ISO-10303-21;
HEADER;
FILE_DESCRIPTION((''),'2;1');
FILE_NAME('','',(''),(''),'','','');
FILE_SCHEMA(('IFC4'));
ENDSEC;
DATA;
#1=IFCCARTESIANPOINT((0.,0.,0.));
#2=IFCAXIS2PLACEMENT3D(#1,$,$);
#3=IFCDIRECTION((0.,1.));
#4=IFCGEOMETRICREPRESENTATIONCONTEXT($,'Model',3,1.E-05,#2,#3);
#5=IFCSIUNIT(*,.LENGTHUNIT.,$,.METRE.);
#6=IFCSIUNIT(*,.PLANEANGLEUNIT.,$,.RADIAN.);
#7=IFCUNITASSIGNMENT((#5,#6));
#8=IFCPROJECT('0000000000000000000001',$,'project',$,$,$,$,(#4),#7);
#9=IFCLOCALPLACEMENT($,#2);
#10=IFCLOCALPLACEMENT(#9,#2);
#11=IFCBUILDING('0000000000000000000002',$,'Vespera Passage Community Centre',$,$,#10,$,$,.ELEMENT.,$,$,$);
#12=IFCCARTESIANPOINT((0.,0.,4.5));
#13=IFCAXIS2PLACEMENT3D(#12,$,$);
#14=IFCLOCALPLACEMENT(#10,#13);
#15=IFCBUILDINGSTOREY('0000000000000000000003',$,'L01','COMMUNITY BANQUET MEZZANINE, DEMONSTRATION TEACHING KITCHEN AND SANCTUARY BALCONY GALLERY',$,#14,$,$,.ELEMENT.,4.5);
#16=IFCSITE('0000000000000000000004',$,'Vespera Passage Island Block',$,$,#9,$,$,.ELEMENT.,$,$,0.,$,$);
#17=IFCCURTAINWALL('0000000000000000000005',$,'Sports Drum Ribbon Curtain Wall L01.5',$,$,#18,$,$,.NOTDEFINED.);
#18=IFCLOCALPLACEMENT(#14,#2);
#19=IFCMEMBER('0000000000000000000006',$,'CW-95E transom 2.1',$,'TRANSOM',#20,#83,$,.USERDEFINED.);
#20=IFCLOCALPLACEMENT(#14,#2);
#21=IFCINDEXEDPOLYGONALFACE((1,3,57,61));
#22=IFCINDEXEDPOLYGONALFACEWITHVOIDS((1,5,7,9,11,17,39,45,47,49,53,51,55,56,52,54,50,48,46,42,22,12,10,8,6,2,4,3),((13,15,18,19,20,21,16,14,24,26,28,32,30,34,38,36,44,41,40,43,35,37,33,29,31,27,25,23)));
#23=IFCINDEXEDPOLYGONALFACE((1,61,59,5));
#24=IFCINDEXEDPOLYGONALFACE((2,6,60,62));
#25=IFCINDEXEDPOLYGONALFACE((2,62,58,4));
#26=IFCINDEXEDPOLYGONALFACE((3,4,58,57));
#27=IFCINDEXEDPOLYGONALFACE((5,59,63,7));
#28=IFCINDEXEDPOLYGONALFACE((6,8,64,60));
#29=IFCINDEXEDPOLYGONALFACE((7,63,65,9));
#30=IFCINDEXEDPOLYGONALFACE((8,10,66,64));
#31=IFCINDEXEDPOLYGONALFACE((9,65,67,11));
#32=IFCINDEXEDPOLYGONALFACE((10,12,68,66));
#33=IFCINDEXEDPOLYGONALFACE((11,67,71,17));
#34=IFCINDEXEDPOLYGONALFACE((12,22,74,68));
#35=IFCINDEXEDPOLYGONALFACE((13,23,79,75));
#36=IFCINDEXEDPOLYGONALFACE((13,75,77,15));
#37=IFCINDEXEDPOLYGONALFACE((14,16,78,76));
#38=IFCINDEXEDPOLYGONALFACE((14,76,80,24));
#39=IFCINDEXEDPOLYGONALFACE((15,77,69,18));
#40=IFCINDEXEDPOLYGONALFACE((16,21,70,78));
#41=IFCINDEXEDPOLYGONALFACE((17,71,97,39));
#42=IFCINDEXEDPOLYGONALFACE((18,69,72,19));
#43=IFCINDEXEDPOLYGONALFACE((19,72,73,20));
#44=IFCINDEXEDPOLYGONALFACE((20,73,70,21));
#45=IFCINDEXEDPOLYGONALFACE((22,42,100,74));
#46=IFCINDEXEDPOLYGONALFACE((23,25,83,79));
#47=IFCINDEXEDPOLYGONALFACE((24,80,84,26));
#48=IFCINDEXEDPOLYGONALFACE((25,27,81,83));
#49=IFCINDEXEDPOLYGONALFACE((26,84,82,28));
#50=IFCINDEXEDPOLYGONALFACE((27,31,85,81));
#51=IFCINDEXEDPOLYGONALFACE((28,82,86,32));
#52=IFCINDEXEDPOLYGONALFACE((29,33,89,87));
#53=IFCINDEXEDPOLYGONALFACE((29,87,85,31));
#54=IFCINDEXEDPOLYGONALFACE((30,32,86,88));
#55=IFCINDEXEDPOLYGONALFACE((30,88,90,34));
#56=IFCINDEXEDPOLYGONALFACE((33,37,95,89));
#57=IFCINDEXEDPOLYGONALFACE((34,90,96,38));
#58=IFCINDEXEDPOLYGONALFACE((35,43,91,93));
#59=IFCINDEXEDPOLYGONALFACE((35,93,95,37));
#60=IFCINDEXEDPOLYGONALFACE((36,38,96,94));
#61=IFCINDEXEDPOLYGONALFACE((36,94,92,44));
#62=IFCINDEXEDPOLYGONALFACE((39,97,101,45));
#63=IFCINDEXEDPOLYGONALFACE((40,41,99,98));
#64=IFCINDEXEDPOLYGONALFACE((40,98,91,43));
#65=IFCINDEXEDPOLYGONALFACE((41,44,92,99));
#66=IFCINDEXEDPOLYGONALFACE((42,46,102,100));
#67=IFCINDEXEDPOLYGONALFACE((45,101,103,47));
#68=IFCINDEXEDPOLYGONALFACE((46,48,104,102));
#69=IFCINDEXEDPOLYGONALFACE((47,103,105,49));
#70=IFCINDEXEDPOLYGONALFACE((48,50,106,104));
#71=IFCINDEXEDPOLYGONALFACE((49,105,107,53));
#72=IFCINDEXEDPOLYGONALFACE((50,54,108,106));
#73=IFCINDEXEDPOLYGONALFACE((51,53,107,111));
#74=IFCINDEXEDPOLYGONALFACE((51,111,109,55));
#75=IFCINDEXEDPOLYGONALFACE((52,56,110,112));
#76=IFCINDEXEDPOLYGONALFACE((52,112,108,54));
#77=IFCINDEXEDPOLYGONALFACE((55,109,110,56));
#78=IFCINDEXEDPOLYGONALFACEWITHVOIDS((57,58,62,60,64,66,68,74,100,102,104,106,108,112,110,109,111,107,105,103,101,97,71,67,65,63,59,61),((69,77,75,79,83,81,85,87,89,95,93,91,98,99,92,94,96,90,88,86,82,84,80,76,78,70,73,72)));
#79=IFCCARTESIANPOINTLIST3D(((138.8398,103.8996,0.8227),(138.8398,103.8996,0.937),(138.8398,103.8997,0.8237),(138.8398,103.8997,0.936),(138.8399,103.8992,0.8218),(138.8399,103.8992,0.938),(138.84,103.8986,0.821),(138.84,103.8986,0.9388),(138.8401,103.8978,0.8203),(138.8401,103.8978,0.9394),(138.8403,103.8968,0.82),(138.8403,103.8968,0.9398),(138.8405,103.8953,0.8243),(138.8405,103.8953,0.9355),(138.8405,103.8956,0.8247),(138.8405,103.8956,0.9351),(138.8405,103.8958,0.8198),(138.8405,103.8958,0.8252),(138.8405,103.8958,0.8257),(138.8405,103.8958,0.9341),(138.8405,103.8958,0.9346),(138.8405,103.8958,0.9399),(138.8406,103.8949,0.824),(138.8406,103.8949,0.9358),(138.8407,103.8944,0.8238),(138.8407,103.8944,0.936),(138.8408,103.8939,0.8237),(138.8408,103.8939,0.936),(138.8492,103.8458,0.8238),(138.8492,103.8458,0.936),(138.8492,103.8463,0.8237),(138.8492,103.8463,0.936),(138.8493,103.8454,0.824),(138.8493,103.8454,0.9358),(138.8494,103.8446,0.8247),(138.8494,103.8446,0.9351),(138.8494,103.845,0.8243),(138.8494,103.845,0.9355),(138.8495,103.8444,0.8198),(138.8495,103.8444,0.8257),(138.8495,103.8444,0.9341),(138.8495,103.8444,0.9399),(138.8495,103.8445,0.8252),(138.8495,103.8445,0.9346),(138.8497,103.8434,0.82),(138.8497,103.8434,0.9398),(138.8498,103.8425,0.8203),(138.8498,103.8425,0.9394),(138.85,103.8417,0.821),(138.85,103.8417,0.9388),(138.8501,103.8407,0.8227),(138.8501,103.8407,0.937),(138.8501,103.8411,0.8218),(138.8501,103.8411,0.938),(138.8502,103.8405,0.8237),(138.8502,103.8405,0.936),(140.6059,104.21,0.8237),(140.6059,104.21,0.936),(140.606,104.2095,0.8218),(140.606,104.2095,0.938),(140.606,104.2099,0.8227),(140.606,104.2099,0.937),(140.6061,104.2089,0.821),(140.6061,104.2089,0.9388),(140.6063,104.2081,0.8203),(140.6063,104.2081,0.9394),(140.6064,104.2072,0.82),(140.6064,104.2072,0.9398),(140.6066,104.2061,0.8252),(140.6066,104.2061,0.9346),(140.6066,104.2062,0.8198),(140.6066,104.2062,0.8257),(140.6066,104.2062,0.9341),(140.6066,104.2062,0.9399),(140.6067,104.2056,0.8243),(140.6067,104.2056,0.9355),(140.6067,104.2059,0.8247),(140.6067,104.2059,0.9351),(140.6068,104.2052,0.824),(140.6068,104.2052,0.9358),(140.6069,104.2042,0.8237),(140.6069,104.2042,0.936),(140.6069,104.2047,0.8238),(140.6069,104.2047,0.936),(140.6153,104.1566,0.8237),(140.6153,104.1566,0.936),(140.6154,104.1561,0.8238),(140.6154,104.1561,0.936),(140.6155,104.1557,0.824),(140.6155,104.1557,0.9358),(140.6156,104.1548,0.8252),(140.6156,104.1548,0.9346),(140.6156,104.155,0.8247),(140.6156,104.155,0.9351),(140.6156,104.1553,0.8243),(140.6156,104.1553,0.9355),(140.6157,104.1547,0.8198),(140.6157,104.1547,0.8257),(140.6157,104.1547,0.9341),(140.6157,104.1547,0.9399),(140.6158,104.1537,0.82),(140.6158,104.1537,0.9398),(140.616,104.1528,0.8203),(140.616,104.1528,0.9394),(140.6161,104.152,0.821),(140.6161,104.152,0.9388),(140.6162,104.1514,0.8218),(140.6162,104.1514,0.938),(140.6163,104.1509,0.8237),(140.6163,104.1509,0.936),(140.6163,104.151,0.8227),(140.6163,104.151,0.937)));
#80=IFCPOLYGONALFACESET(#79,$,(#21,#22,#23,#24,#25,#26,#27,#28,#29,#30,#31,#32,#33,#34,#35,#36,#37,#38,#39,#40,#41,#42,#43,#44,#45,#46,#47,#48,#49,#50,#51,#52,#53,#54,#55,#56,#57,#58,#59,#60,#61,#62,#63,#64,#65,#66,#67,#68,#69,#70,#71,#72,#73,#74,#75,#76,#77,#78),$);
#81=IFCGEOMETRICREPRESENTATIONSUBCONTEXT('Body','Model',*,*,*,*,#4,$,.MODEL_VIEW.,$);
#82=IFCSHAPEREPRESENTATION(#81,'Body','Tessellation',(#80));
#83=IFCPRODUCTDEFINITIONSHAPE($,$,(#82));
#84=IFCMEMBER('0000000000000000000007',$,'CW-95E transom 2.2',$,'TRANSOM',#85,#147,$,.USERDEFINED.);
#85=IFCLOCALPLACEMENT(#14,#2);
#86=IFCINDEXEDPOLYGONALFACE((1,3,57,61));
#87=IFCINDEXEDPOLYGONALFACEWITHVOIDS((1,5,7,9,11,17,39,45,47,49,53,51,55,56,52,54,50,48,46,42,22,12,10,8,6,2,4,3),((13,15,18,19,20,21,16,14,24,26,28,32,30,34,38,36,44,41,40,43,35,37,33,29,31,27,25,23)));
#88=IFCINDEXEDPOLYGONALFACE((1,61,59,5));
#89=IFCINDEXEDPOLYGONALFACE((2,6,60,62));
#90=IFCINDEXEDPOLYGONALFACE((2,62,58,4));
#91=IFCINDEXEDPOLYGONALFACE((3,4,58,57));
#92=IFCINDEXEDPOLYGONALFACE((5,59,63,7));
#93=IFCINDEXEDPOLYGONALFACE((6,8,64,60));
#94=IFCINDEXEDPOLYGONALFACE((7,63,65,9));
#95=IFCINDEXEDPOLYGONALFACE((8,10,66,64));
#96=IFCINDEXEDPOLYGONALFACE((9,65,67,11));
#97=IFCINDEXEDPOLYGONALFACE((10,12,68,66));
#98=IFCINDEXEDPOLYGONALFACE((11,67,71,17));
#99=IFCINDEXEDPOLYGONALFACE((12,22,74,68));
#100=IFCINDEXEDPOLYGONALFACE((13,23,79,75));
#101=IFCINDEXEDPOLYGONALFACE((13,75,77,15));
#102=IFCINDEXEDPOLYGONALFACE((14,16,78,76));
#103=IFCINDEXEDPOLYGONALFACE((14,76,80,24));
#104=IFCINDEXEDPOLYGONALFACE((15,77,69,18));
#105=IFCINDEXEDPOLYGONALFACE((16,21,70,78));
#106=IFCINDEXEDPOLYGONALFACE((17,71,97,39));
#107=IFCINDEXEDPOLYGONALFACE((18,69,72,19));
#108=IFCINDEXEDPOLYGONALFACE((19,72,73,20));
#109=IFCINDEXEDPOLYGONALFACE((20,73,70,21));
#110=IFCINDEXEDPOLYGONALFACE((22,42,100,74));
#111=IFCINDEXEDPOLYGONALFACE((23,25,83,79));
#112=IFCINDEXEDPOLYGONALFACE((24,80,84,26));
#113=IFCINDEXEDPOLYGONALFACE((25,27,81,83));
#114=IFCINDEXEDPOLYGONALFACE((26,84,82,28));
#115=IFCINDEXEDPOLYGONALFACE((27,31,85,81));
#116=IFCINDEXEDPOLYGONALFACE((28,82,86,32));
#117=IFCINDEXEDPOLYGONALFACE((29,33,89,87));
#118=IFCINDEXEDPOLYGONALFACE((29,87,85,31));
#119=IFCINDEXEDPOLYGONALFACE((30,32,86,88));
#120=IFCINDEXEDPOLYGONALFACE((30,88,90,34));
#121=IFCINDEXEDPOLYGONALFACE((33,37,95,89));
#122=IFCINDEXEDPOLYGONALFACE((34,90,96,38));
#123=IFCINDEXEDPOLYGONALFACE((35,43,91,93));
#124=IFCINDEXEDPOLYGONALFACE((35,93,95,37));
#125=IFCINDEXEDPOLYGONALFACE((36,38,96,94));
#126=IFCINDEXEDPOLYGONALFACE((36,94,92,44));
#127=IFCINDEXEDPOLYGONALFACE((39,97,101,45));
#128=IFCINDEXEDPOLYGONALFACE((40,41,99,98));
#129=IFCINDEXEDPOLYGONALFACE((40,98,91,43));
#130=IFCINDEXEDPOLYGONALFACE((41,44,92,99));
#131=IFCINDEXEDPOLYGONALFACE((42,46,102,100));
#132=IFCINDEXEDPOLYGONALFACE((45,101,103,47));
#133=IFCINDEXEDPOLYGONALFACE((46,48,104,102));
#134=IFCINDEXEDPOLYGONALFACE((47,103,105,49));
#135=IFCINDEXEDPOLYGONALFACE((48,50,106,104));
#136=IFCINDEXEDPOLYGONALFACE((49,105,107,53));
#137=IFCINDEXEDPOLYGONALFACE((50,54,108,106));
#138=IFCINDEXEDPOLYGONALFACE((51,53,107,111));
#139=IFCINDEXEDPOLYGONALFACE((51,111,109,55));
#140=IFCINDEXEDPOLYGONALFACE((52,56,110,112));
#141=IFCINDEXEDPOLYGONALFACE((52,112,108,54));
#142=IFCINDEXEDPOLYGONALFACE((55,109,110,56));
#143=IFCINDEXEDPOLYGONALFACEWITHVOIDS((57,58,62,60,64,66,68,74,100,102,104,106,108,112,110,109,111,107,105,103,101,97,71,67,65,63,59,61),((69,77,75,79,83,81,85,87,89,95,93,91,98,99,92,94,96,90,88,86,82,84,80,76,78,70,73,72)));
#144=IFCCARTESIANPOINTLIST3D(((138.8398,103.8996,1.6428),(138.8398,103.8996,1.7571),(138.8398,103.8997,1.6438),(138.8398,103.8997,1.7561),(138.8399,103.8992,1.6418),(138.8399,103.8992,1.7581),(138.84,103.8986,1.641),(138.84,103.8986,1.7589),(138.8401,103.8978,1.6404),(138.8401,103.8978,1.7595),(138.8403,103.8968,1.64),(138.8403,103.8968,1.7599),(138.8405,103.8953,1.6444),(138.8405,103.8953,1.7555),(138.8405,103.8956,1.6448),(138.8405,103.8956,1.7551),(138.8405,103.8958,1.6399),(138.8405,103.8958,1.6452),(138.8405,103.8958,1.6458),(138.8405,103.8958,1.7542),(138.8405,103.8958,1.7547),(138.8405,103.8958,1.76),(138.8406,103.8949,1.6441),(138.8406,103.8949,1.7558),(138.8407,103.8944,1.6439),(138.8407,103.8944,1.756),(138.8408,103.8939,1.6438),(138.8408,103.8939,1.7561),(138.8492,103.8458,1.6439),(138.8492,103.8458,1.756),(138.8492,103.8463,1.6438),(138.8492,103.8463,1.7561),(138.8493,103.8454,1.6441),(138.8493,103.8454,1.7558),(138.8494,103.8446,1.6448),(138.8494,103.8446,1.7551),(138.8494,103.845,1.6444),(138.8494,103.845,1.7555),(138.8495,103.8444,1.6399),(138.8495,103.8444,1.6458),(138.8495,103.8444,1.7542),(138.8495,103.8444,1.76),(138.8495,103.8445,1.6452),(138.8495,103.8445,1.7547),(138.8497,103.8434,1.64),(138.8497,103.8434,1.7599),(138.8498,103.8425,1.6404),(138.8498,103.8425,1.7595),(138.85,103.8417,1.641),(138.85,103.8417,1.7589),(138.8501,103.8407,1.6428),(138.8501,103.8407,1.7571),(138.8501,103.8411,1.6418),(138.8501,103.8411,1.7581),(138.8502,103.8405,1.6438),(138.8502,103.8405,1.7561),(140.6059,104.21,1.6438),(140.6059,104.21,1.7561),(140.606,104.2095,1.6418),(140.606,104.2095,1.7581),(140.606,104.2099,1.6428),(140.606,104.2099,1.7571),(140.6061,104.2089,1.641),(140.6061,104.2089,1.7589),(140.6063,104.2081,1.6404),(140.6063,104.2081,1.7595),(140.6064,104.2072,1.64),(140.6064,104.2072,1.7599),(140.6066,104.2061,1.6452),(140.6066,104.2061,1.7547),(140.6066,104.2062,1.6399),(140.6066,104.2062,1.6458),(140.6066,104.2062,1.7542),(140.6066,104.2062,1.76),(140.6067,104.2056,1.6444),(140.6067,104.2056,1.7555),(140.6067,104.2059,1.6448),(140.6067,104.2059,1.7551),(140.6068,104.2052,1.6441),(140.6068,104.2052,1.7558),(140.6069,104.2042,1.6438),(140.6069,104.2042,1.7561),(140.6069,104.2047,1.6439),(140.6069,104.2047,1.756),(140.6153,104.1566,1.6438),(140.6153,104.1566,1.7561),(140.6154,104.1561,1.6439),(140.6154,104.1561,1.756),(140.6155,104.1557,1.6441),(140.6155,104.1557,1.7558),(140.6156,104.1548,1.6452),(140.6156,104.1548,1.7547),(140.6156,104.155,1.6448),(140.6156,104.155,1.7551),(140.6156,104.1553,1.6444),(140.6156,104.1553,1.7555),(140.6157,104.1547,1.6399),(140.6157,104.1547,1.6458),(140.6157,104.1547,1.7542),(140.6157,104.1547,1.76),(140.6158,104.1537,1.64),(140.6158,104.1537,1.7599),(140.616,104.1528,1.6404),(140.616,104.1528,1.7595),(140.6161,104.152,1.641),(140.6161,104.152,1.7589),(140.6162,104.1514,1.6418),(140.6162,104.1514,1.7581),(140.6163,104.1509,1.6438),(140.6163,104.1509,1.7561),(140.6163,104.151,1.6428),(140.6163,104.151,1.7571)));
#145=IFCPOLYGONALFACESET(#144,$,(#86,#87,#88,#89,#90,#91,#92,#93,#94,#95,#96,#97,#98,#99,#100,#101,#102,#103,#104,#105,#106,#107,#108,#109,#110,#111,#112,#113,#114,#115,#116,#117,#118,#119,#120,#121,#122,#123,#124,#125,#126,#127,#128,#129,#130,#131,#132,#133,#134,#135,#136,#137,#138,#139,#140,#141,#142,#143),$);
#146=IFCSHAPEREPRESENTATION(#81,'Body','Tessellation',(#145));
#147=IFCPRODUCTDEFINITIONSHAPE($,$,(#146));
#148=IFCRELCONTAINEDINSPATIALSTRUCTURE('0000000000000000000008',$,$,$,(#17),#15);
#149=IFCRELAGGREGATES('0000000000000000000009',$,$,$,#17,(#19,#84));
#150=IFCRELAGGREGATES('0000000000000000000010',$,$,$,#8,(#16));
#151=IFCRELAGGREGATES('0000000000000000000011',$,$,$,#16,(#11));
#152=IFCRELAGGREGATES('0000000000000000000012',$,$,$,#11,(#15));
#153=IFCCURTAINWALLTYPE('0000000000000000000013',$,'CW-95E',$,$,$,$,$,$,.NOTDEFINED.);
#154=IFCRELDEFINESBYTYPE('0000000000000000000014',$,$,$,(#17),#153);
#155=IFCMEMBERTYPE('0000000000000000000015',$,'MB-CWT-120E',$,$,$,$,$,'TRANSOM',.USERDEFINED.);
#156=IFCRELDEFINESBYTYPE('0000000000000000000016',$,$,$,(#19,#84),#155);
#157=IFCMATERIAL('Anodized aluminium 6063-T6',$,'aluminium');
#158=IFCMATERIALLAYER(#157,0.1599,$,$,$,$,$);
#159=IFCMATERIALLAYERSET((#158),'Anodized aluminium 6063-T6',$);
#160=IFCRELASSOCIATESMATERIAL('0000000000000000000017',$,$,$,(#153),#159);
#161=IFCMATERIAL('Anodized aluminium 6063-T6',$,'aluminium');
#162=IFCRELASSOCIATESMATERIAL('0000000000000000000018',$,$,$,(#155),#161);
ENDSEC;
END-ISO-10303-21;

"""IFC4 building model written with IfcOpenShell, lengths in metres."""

from ifc_helpers import new_model, si_unit, direction, frame, origin, origin_2d, place, context, subcontext, project, spatial, hollow_rectangle, extrude, material, layer, layer_set, material_profile, profile_set, type_object, element, aggregate, save


model = new_model("IFC4")

# Units and contexts
model_context = context("Model", 3, precision=1e-05, world=origin(), true_north=direction((0.0, 1.0)))
body_context = subcontext(model_context, "Body", "Model", "MODEL_VIEW")
ifc_project = project(units=[si_unit("LENGTHUNIT", "METRE"), si_unit("PLANEANGLEUNIT", "RADIAN")], contexts=[model_context])

# Site, building, storey
site_placement = place(None, origin())
site = spatial("IfcSite", under=ifc_project, at=site_placement, Name="Vespera Passage Island Block", CompositionType="ELEMENT", RefElevation=0.0)
building_placement = place(site_placement, origin())
building = spatial("IfcBuilding", under=site, at=building_placement, Name="Vespera Passage Community Centre", CompositionType="ELEMENT")
storey_placement = place(building_placement, frame((0.0, 0.0, 4.5)))
storey = spatial("IfcBuildingStorey", under=building, at=storey_placement, Name="L01", Description="COMMUNITY BANQUET MEZZANINE, DEMONSTRATION TEACHING KITCHEN AND SANCTUARY BALCONY GALLERY", CompositionType="ELEMENT", Elevation=4.5)

# Curtain wall, members
ifc_material_1 = material(Name="Anodized aluminium 6063-T6", Category="aluminium")
ifc_layer_1 = layer(ifc_material_1, 0.1599)
ifc_layer_set_1 = layer_set([ifc_layer_1], Name="Anodized aluminium 6063-T6")
curtain_wall_type = type_object("IfcCurtainWallType", Name="CW-95E", PredefinedType="NOTDEFINED", material=ifc_layer_set_1)
curtain_wall_placement = place(storey_placement, origin())
curtain_wall = element("IfcCurtainWall", 1, at=curtain_wall_placement, inside=storey, type_object=curtain_wall_type, Name="Sports Drum Ribbon Curtain Wall L01.5", PredefinedType="NOTDEFINED")
ifc_material_2 = material(Name="Anodized aluminium 6063-T6", Category="aluminium")
ifc_material_profile_1 = material_profile(ifc_material_2, hollow_rectangle(XDim=0.0601, YDim=0.1201, WallThickness=0.0039, InnerFilletRadius=0.002, OuterFilletRadius=0.0039, at=origin_2d()), Name="ALU120X60X4")
ifc_profile_set_1 = profile_set([ifc_material_profile_1], Name="Anodized aluminium 6063-T6")
member_type_1 = type_object("IfcMemberType", Name="MB-CWT-120E", ElementType="TRANSOM", PredefinedType="USERDEFINED", material=ifc_profile_set_1)
member_1_placement = place(storey_placement, frame((138.845, 103.8701, 0.8799), z_axis=(0.984913, 0.173047, 0.0), x_axis=(-0.173047, 0.984913, 0.0)))
member_1 = element("IfcMember", 2, at=member_1_placement, type_object=member_type_1, Name="CW-95E transom 2.1", ObjectType="TRANSOM", PredefinedType="USERDEFINED", context=body_context, shape_type="SweptSolid", body=[
    extrude(hollow_rectangle(XDim=0.0601, YDim=0.1201, WallThickness=0.0039, InnerFilletRadius=0.002, OuterFilletRadius=0.0039, at=origin_2d()), origin(), (0.0, 0.0, 1.0), 1.7932),
])
member_2_placement = place(storey_placement, frame((138.845, 103.8701, 1.7), z_axis=(0.984913, 0.173047, 0.0), x_axis=(-0.173047, 0.984913, 0.0)))
member_2 = element("IfcMember", 3, at=member_2_placement, type_object=member_type_1, Name="CW-95E transom 2.2", ObjectType="TRANSOM", PredefinedType="USERDEFINED", context=body_context, shape_type="SweptSolid", body=[
    extrude(hollow_rectangle(XDim=0.0601, YDim=0.1201, WallThickness=0.0039, InnerFilletRadius=0.002, OuterFilletRadius=0.0039, at=origin_2d()), origin(), (0.0, 0.0, 1.0), 1.7932),
])
aggregate(curtain_wall, [member_1, member_2])

save(model, "model.ifc")
